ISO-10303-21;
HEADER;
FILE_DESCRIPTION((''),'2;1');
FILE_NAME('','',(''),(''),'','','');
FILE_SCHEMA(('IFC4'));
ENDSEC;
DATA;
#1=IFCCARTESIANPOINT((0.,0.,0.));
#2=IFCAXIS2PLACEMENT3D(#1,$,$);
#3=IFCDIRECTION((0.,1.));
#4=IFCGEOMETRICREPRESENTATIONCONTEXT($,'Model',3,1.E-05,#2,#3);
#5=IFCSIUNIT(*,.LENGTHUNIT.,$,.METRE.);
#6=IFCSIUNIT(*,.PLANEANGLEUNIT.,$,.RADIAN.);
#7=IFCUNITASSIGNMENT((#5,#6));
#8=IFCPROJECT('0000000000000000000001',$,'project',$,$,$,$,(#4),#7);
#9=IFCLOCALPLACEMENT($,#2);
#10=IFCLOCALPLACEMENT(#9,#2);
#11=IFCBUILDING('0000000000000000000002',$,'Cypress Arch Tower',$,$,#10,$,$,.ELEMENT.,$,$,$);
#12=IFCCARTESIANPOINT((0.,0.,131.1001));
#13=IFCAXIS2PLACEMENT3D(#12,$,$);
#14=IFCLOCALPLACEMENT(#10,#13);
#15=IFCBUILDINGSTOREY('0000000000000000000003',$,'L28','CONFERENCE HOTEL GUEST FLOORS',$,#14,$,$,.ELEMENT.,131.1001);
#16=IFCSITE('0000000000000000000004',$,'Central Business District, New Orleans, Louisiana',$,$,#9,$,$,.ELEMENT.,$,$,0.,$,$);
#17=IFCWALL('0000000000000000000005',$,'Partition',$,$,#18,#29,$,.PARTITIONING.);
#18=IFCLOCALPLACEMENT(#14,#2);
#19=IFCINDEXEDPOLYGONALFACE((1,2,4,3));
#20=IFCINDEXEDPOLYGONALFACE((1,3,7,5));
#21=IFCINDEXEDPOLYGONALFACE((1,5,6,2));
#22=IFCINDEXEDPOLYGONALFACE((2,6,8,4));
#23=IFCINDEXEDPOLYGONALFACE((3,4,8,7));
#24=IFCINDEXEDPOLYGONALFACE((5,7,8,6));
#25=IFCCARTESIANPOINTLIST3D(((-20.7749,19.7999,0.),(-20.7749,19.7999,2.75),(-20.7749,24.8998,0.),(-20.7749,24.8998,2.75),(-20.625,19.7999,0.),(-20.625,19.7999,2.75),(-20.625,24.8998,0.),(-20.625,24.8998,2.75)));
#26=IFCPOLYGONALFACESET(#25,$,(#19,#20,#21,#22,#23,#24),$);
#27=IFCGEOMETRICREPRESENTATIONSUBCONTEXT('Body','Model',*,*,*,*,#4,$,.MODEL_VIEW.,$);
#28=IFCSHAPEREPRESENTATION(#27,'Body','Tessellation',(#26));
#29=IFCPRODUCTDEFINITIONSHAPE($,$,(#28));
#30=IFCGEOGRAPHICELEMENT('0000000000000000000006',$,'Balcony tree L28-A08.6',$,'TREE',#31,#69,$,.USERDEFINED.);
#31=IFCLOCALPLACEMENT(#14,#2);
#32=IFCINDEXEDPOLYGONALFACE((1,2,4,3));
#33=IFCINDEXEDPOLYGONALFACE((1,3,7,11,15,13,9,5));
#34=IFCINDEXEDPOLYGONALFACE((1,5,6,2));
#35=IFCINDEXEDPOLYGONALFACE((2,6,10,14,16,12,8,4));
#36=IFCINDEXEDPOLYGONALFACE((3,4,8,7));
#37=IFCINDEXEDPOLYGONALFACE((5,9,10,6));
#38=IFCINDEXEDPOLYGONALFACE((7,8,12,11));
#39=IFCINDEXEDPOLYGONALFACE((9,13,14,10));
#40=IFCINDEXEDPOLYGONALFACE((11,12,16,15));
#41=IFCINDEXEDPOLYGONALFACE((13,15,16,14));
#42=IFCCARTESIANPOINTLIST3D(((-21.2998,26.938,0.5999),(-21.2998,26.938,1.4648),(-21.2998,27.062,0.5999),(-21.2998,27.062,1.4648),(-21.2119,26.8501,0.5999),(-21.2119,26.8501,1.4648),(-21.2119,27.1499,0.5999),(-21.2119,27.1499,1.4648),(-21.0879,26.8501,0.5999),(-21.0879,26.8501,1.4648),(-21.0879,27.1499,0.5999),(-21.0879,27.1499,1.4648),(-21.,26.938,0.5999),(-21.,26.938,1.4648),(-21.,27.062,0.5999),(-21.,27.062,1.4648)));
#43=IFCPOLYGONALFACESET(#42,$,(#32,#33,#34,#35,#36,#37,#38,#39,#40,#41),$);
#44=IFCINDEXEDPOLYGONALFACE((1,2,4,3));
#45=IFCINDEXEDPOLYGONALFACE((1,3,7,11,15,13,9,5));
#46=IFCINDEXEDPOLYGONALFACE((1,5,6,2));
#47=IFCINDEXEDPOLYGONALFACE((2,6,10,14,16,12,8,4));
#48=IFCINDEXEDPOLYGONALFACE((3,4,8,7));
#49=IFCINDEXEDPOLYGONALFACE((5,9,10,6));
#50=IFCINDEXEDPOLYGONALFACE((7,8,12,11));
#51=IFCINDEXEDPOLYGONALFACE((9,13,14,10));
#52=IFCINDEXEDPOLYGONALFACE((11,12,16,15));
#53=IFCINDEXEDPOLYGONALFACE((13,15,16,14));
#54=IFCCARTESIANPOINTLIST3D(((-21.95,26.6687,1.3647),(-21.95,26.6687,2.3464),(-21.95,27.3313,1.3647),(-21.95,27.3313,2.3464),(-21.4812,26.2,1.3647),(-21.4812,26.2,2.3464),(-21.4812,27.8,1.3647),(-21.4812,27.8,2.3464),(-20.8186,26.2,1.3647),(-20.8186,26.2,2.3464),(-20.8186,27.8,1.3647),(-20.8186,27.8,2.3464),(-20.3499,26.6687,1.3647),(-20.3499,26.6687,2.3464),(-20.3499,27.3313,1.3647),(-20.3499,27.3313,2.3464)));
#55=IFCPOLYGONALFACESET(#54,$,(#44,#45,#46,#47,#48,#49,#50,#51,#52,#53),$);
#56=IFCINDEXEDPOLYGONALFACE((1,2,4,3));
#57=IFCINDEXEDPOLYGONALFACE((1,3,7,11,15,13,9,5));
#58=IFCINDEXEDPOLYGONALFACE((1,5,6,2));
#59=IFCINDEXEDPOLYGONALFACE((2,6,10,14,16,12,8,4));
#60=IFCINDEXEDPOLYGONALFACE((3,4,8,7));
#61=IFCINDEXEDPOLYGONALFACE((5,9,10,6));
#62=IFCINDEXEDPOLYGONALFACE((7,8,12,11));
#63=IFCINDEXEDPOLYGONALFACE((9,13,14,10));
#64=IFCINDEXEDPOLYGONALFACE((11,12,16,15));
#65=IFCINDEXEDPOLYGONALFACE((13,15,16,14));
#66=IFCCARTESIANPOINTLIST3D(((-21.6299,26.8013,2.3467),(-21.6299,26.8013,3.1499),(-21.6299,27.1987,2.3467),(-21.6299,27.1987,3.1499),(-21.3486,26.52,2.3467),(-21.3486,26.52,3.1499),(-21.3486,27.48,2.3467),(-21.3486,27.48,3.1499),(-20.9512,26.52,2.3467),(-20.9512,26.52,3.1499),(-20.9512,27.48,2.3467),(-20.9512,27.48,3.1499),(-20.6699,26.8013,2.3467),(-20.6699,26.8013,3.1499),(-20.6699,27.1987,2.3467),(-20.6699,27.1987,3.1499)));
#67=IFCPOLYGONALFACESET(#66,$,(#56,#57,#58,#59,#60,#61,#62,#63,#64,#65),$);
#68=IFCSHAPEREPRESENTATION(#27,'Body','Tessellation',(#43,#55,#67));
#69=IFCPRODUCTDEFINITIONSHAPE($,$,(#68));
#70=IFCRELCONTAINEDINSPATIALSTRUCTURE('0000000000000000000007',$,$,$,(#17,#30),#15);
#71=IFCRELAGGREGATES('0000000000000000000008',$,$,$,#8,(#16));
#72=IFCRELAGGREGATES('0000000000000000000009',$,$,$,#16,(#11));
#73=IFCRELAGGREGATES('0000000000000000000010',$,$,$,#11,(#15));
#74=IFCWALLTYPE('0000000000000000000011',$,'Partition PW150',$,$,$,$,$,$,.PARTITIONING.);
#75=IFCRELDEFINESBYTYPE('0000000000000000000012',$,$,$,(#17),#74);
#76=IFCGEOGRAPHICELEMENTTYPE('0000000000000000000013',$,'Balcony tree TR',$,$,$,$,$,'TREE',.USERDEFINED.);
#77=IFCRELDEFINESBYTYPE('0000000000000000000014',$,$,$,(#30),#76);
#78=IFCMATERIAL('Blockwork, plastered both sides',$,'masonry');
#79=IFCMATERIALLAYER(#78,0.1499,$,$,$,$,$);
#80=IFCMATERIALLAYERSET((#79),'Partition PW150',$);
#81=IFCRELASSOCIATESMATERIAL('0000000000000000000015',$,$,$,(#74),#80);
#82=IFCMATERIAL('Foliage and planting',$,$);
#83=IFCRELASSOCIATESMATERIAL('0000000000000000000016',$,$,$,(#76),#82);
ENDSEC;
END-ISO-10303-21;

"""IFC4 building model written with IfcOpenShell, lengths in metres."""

from ifc_helpers import new_model, si_unit, direction, frame, frame_2d, origin, place, context, subcontext, project, spatial, polyline, rectangle, outline, extrude, material, layer, layer_set, type_object, element, save


model = new_model("IFC4")

# Units and contexts
model_context = context("Model", 3, precision=1e-05, world=origin(), true_north=direction((0.0, 1.0)))
body_context = subcontext(model_context, "Body", "Model", "MODEL_VIEW")
ifc_project = project(units=[si_unit("LENGTHUNIT", "METRE"), si_unit("PLANEANGLEUNIT", "RADIAN")], contexts=[model_context])

# Site, building, storey
site_placement = place(None, origin())
site = spatial("IfcSite", under=ifc_project, at=site_placement, Name="Central Business District, New Orleans, Louisiana", CompositionType="ELEMENT", RefElevation=0.0)
building_placement = place(site_placement, origin())
building = spatial("IfcBuilding", under=site, at=building_placement, Name="Cypress Arch Tower", CompositionType="ELEMENT")
storey_placement = place(building_placement, frame((0.0, 0.0, 131.1001)))
storey = spatial("IfcBuildingStorey", under=building, at=storey_placement, Name="L28", Description="CONFERENCE HOTEL GUEST FLOORS", CompositionType="ELEMENT", Elevation=131.1001)

# Wall
ifc_material_1 = material(Name="Blockwork, plastered both sides", Category="masonry")
ifc_layer_1 = layer(ifc_material_1, 0.1499)
ifc_layer_set_1 = layer_set([ifc_layer_1], Name="Partition PW150")
wall_type_1 = type_object("IfcWallType", Name="Partition PW150", PredefinedType="PARTITIONING", material=ifc_layer_set_1)
wall_1_placement = place(storey_placement, frame((-20.7, 19.8, 0.0), z_axis=(0.0, 0.0, 1.0), x_axis=(0.0, 1.0, 0.0)))
element("IfcWall", 1, at=wall_1_placement, inside=storey, type_object=wall_type_1, Name="Partition", PredefinedType="PARTITIONING", context=body_context, shape_type="SweptSolid", body=[
    extrude(rectangle(XDim=5.0999, YDim=0.1499, at=frame_2d((2.5498, 0.0))), origin(), (0.0, 0.0, 1.0), 2.75),
])

# Geographic element
ifc_material_2 = material(Name="Foliage and planting")
geographic_element_type = type_object("IfcGeographicElementType", Name="Balcony tree TR", ElementType="TREE", PredefinedType="USERDEFINED", material=ifc_material_2)
geographic_element_placement = place(storey_placement, frame((-21.1499, 27.0, 0.5999), z_axis=(0.0, 0.0, 1.0), x_axis=(1.0, 0.0, 0.0)))
element("IfcGeographicElement", 2, at=geographic_element_placement, inside=storey, type_object=geographic_element_type, Name="Balcony tree L28-A08.6", ObjectType="TREE", PredefinedType="USERDEFINED", context=body_context, shape_type="SweptSolid", body=[
    extrude(outline(polyline([(0.1499, 0.062), (0.062, 0.1499), (-0.062, 0.1499), (-0.1499, 0.062), (-0.1499, -0.062), (-0.062, -0.1499), (0.062, -0.1499), (0.1499, -0.062), (0.1499, 0.062)])), origin(), (0.0, 0.0, 1.0), 0.865),
    extrude(outline(polyline([(0.8, 0.3313), (0.3313, 0.8), (-0.3313, 0.8), (-0.8, 0.3313), (-0.8, -0.3313), (-0.3313, -0.8), (0.3313, -0.8), (0.8, -0.3313), (0.8, 0.3313)])), frame((0.0, 0.0, 0.7649)), (0.0, 0.0, 1.0), 0.9817),
    extrude(outline(polyline([(0.48, 0.1987), (0.1987, 0.48), (-0.1987, 0.48), (-0.48, 0.1987), (-0.48, -0.1987), (-0.1987, -0.48), (0.1987, -0.48), (0.48, -0.1987), (0.48, 0.1987)])), frame((0.0, 0.0, 1.7468)), (0.0, 0.0, 1.0), 0.8032),
])

save(model, "model.ifc")
